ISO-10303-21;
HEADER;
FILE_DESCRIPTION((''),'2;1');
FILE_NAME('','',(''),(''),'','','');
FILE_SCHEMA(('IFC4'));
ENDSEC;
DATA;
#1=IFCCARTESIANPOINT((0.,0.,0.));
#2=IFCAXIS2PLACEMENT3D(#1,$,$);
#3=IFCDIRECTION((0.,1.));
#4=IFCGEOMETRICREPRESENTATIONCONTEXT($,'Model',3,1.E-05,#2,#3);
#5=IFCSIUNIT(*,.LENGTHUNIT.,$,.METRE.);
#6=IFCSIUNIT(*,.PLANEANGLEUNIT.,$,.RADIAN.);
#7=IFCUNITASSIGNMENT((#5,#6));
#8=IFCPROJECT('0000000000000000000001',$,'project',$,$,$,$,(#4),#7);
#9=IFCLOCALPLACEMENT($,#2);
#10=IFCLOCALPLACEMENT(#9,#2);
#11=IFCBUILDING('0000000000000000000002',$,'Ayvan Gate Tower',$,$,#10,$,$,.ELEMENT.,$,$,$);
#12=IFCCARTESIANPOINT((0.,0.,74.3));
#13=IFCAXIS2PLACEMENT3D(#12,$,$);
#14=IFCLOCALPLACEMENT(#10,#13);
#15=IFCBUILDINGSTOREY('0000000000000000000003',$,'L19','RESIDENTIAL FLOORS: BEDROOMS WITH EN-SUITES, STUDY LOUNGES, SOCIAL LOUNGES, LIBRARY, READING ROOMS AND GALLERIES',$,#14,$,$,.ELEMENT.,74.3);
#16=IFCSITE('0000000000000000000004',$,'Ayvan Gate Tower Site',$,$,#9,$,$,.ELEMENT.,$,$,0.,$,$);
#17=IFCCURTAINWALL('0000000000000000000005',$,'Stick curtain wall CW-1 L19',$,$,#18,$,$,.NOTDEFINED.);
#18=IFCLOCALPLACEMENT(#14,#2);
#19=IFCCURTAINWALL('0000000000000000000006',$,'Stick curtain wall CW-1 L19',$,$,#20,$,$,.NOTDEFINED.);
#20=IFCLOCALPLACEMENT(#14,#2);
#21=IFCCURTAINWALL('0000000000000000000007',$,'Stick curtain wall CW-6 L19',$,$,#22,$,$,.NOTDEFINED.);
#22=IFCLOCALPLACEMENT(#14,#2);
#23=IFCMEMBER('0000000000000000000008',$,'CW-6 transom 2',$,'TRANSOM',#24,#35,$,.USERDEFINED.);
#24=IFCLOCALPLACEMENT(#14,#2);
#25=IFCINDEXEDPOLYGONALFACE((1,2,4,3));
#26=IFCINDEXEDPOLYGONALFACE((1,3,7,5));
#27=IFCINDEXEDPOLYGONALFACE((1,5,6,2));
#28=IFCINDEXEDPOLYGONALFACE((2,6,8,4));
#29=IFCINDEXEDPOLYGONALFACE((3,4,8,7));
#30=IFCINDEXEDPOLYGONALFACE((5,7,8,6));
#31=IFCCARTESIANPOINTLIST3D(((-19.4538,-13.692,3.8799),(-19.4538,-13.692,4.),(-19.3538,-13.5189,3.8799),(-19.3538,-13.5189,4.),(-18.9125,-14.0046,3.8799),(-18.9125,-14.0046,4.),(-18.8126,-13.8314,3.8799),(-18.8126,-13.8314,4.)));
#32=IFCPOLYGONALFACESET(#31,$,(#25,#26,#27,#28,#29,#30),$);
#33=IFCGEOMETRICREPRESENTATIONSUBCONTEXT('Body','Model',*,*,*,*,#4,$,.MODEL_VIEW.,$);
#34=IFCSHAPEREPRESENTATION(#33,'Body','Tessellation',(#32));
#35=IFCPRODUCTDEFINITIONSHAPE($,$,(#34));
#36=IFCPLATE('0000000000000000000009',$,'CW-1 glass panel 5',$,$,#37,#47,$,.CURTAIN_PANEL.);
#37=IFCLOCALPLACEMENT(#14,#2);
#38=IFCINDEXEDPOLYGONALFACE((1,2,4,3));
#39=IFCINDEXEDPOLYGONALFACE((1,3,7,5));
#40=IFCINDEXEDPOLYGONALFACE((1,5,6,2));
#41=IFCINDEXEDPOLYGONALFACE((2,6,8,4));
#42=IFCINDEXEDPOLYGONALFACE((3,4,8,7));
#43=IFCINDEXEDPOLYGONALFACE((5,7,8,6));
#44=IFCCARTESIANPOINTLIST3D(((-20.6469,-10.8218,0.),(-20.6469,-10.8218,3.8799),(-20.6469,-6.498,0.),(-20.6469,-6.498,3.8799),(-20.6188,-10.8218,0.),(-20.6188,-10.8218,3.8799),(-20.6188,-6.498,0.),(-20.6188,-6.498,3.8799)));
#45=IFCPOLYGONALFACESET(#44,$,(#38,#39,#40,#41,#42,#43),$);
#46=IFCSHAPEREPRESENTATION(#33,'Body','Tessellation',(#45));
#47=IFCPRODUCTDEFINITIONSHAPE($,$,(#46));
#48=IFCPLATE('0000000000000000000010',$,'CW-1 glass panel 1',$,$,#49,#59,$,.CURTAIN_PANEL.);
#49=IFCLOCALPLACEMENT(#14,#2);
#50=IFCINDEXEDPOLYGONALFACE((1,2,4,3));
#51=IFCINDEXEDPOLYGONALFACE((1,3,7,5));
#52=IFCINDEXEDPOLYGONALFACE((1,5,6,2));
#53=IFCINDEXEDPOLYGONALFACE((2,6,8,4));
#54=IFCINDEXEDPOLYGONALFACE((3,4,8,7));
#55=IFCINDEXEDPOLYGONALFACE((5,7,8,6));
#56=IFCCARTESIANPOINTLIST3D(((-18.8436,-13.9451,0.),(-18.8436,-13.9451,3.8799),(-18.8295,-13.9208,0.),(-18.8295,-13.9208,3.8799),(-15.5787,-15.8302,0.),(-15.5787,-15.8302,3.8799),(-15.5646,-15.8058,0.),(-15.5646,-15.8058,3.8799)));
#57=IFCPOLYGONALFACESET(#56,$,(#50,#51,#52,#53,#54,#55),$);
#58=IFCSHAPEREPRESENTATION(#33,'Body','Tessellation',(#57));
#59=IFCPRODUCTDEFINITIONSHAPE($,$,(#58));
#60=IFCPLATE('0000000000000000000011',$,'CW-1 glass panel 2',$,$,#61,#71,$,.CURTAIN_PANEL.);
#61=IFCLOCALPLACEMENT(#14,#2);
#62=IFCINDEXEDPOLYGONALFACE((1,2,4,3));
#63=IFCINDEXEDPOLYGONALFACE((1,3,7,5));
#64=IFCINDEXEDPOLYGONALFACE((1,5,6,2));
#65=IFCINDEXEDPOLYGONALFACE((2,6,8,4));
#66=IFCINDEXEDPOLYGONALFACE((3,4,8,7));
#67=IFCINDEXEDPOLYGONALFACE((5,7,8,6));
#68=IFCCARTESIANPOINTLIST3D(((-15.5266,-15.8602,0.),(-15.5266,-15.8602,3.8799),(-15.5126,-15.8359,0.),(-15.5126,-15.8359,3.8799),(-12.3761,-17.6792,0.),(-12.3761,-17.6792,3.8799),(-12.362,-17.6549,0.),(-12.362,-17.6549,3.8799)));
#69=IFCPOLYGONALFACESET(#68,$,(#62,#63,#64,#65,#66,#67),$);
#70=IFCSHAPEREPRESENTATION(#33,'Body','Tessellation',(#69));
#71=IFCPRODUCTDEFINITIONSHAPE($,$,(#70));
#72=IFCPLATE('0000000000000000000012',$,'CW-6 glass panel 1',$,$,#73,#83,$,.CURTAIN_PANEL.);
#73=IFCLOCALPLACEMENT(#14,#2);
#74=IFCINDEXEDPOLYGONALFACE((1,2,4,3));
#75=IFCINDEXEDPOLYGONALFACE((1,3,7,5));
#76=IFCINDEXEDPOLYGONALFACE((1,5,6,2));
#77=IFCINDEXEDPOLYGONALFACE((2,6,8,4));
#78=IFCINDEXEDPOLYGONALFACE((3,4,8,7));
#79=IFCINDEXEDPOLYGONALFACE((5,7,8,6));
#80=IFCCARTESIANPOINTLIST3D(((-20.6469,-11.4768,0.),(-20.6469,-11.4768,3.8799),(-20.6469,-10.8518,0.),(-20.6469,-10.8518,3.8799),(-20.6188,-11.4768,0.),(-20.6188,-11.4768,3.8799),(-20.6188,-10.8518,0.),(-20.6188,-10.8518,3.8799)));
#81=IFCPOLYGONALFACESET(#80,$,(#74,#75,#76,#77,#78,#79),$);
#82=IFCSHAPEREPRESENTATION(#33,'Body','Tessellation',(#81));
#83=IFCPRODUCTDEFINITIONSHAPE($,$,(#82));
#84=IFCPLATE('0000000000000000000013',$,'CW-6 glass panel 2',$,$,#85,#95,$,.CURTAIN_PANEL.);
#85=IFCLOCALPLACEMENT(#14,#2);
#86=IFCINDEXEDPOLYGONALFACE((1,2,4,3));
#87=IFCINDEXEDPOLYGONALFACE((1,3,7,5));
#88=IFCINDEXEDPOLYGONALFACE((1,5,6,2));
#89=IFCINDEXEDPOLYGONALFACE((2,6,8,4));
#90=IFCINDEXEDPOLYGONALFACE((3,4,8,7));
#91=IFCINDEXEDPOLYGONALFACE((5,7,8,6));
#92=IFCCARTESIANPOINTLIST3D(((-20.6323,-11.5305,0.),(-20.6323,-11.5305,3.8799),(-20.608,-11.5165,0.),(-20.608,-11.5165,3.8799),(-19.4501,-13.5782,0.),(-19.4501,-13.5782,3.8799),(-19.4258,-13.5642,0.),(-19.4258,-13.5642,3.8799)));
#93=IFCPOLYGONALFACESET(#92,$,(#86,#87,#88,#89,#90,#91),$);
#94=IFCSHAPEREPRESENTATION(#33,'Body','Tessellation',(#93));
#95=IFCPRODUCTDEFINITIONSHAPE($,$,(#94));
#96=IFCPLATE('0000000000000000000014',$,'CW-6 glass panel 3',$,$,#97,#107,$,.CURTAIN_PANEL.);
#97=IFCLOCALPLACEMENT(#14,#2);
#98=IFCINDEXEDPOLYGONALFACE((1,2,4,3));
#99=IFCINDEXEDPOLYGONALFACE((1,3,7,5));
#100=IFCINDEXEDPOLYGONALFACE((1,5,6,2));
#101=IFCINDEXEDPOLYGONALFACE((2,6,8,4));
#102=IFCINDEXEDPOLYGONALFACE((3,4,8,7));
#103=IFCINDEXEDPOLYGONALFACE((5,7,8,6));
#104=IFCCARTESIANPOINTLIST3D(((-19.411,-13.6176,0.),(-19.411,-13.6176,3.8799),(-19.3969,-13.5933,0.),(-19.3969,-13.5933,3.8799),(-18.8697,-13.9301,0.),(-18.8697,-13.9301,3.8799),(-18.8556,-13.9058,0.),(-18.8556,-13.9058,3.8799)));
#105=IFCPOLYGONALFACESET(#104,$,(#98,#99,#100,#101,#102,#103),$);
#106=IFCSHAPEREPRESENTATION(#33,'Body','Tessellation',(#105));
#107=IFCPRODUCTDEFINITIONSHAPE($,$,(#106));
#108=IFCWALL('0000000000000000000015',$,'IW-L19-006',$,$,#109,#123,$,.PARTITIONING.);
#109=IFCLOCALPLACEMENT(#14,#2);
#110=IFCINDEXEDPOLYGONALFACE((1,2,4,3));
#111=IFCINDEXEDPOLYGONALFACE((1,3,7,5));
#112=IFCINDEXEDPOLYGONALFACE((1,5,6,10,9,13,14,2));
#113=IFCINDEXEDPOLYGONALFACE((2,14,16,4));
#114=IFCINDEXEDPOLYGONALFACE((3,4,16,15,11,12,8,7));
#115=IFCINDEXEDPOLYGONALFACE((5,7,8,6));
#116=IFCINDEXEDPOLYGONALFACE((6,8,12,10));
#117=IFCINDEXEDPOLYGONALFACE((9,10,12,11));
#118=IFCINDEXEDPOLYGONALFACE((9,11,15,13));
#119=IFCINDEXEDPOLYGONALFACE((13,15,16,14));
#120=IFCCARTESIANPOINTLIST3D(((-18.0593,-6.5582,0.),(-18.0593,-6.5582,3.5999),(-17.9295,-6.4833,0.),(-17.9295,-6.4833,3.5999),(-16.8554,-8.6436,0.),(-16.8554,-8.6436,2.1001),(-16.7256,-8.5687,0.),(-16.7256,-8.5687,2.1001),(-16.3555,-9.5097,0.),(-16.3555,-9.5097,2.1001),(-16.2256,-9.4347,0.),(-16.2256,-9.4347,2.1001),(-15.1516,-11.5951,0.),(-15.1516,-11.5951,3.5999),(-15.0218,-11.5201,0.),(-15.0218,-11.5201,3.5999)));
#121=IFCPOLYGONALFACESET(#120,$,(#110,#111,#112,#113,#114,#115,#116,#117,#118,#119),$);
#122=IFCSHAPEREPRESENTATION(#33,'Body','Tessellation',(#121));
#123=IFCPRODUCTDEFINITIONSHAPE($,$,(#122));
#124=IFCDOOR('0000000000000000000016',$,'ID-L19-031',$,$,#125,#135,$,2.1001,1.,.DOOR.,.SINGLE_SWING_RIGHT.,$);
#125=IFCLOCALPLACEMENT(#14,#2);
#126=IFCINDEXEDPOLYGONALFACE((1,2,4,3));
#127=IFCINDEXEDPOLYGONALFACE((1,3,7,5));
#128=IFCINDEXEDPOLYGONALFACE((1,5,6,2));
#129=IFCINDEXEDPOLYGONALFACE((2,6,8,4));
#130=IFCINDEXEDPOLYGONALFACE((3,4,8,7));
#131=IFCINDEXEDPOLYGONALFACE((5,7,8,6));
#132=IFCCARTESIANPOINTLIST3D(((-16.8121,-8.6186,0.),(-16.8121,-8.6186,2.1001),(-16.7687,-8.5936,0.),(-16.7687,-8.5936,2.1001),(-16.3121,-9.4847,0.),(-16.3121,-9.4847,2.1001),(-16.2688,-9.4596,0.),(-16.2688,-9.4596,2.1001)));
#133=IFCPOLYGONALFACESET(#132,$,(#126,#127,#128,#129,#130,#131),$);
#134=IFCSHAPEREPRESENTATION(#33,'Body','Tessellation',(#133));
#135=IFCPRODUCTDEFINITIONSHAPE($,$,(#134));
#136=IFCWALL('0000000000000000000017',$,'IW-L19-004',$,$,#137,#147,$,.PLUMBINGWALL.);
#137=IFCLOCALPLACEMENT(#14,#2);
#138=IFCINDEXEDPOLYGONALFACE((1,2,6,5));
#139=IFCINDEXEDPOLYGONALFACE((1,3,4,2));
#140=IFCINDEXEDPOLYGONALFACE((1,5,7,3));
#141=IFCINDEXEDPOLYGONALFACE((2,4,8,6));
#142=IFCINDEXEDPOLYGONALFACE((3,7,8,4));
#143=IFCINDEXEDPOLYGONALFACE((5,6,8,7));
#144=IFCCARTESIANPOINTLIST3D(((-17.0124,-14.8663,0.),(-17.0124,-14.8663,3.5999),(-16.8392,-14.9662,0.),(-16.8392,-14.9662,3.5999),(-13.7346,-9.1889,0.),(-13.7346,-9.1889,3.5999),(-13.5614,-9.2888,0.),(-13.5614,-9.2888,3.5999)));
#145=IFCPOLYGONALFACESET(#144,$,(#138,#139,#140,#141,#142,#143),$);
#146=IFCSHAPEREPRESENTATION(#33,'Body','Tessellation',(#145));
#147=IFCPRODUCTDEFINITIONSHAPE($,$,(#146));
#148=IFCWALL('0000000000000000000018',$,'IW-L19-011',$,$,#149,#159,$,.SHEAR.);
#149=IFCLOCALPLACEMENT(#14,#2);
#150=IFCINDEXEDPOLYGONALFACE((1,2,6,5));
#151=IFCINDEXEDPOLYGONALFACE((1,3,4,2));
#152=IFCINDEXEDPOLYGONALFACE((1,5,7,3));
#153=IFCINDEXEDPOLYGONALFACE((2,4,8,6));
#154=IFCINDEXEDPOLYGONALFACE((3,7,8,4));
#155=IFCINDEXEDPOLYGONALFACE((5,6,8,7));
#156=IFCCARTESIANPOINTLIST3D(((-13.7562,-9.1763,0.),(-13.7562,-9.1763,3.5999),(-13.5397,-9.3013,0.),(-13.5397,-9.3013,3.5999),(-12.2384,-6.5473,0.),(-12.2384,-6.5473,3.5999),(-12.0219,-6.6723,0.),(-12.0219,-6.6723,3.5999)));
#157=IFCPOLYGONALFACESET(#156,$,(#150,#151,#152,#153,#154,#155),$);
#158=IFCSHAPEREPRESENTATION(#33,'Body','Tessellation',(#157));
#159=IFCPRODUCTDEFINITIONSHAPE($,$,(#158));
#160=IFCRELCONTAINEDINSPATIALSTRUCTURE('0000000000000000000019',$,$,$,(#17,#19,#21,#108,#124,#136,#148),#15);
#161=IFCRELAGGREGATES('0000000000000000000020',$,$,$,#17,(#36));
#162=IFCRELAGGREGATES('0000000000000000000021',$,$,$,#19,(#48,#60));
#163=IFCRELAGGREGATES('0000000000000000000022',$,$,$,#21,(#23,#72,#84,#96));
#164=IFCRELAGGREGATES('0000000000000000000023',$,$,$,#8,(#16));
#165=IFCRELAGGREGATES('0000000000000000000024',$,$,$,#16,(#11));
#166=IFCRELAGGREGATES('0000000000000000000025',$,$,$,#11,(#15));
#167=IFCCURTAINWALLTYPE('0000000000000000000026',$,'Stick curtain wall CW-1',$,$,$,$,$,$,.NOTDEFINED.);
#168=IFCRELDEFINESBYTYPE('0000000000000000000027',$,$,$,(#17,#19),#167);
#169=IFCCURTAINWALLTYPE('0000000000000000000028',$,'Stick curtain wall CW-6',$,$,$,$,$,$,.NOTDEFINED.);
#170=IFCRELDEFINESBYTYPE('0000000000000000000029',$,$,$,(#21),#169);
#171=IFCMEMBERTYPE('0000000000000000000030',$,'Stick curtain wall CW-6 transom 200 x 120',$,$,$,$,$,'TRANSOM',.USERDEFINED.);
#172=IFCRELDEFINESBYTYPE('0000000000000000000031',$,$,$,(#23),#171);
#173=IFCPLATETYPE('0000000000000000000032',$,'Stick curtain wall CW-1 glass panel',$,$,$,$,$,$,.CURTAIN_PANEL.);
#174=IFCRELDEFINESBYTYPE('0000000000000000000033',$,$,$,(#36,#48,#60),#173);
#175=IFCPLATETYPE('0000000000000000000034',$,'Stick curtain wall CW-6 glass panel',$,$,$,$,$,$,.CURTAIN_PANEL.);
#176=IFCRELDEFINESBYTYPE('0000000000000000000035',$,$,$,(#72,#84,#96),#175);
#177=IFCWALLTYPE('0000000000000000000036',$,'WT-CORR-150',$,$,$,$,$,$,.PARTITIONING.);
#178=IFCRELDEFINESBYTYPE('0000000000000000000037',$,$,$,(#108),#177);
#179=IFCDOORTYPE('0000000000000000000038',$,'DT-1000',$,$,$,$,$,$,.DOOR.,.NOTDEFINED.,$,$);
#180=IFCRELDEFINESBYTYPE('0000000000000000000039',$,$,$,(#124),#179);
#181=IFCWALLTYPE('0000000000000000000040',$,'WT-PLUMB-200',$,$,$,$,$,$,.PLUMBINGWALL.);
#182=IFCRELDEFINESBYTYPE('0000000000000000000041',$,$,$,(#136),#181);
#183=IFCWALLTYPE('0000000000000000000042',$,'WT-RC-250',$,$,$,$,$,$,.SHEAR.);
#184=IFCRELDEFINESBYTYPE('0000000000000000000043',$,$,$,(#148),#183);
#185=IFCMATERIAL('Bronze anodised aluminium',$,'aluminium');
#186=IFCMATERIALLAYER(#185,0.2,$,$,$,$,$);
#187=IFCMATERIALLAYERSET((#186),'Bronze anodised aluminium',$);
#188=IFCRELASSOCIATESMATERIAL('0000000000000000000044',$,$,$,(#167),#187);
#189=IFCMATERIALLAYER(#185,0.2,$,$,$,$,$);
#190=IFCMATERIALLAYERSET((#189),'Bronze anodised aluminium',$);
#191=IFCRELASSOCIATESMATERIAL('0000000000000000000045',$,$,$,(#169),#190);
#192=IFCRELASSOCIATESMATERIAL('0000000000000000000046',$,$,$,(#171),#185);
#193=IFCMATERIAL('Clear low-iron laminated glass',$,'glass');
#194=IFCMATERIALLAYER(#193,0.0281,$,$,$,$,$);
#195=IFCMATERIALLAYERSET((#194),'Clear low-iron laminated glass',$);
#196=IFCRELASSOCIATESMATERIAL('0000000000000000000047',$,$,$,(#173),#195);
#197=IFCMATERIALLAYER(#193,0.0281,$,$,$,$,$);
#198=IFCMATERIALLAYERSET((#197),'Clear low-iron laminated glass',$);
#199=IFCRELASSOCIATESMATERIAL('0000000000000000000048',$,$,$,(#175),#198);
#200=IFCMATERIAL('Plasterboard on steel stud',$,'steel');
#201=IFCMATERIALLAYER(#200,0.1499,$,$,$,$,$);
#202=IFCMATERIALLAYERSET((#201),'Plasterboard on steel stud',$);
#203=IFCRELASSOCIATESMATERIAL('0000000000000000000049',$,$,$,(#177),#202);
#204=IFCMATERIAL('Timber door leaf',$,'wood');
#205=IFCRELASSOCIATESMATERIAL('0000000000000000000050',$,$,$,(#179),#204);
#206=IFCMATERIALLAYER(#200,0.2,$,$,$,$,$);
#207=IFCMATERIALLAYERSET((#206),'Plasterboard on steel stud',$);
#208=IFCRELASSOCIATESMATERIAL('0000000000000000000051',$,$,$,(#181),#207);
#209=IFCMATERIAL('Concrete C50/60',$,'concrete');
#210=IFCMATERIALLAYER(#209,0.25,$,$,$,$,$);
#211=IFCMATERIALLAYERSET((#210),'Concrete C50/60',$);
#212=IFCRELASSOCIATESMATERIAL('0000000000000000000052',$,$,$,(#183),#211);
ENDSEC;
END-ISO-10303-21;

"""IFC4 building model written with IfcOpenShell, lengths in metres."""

from ifc_helpers import new_model, si_unit, direction, frame, frame_2d, origin, origin_2d, place, context, subcontext, project, spatial, rectangle, extrude, material, layer, layer_set, material_profile, profile_set, type_object, element, fill, aggregate, save


model = new_model("IFC4")

# Units and contexts
model_context = context("Model", 3, precision=1e-05, world=origin(), true_north=direction((0.0, 1.0)))
body_context = subcontext(model_context, "Body", "Model", "MODEL_VIEW")
ifc_project = project(units=[si_unit("LENGTHUNIT", "METRE"), si_unit("PLANEANGLEUNIT", "RADIAN")], contexts=[model_context])

# Site, building, storey
site_placement = place(None, origin())
site = spatial("IfcSite", under=ifc_project, at=site_placement, Name="Ayvan Gate Tower Site", CompositionType="ELEMENT", RefElevation=0.0)
building_placement = place(site_placement, origin())
building = spatial("IfcBuilding", under=site, at=building_placement, Name="Ayvan Gate Tower", CompositionType="ELEMENT")
storey_placement = place(building_placement, frame((0.0, 0.0, 74.3)))
storey = spatial("IfcBuildingStorey", under=building, at=storey_placement, Name="L19", Description="RESIDENTIAL FLOORS: BEDROOMS WITH EN-SUITES, STUDY LOUNGES, SOCIAL LOUNGES, LIBRARY, READING ROOMS AND GALLERIES", CompositionType="ELEMENT", Elevation=74.3)

# Curtain wall
ifc_material_1 = material(Name="Bronze anodised aluminium", Category="aluminium")
ifc_layer_1 = layer(ifc_material_1, 0.2)
ifc_layer_set_1 = layer_set([ifc_layer_1], Name="Bronze anodised aluminium")
curtain_wall_type_1 = type_object("IfcCurtainWallType", Name="Stick curtain wall CW-1", PredefinedType="NOTDEFINED", material=ifc_layer_set_1)
curtain_wall_1_placement = place(storey_placement, origin())
curtain_wall_1 = element("IfcCurtainWall", 1, at=curtain_wall_1_placement, inside=storey, type_object=curtain_wall_type_1, Name="Stick curtain wall CW-1 L19", PredefinedType="NOTDEFINED")

# Curtain walls, member
curtain_wall_2_placement = place(storey_placement, origin())
curtain_wall_2 = element("IfcCurtainWall", 2, at=curtain_wall_2_placement, inside=storey, type_object=curtain_wall_type_1, Name="Stick curtain wall CW-1 L19", PredefinedType="NOTDEFINED")
ifc_layer_2 = layer(ifc_material_1, 0.2)
ifc_layer_set_2 = layer_set([ifc_layer_2], Name="Bronze anodised aluminium")
curtain_wall_type_2 = type_object("IfcCurtainWallType", Name="Stick curtain wall CW-6", PredefinedType="NOTDEFINED", material=ifc_layer_set_2)
curtain_wall_3_placement = place(storey_placement, origin())
curtain_wall_3 = element("IfcCurtainWall", 3, at=curtain_wall_3_placement, inside=storey, type_object=curtain_wall_type_2, Name="Stick curtain wall CW-6 L19", PredefinedType="NOTDEFINED")
ifc_material_profile_1 = material_profile(ifc_material_1, rectangle(XDim=0.2, YDim=0.1201, at=origin_2d()), Name="Stick curtain wall CW-6 transom 200 x 120")
ifc_profile_set_1 = profile_set([ifc_material_profile_1], Name="Bronze anodised aluminium")
member_type_1 = type_object("IfcMemberType", Name="Stick curtain wall CW-6 transom 200 x 120", ElementType="TRANSOM", PredefinedType="USERDEFINED", material=ifc_profile_set_1)
member_1_placement = place(storey_placement, frame((-19.4038, -13.6055, 3.9399), z_axis=(0.866023, -0.500004, 0.0), x_axis=(0.500004, 0.866023, 0.0)))
member_1 = element("IfcMember", 4, at=member_1_placement, type_object=member_type_1, Name="CW-6 transom 2", ObjectType="TRANSOM", PredefinedType="USERDEFINED", context=body_context, shape_type="SweptSolid", body=[
    extrude(rectangle(XDim=0.2, YDim=0.1201, at=origin_2d()), origin(), (0.0, 0.0, 1.0), 0.625),
])

# Plates
ifc_material_2 = material(Name="Clear low-iron laminated glass", Category="glass")
ifc_layer_3 = layer(ifc_material_2, 0.0281)
ifc_layer_set_3 = layer_set([ifc_layer_3], Name="Clear low-iron laminated glass")
plate_type_1 = type_object("IfcPlateType", Name="Stick curtain wall CW-1 glass panel", PredefinedType="CURTAIN_PANEL", material=ifc_layer_set_3)
plate_1_placement = place(storey_placement, frame((-20.6328, -8.6599, 0.0), z_axis=(0.0, 0.0, 1.0), x_axis=(0.0, -1.0, 0.0)))
plate_1 = element("IfcPlate", 5, at=plate_1_placement, type_object=plate_type_1, Name="CW-1 glass panel 5", PredefinedType="CURTAIN_PANEL", context=body_context, shape_type="SweptSolid", body=[
    extrude(rectangle(XDim=4.3237, YDim=0.0281, at=origin_2d()), origin(), (0.0, 0.0, 1.0), 3.8799),
])
aggregate(curtain_wall_1, [plate_1])
plate_2_placement = place(storey_placement, frame((-17.2041, -14.8755, 0.0), z_axis=(0.0, 0.0, 1.0), x_axis=(0.866025, -0.5, 0.0)))
plate_2 = element("IfcPlate", 6, at=plate_2_placement, type_object=plate_type_1, Name="CW-1 glass panel 1", PredefinedType="CURTAIN_PANEL", context=body_context, shape_type="SweptSolid", body=[
    extrude(rectangle(XDim=3.77, YDim=0.0281, at=origin_2d()), origin(), (0.0, 0.0, 1.0), 3.8799),
])
plate_3_placement = place(storey_placement, frame((-13.9443, -16.7576, 0.0), z_axis=(0.0, 0.0, 1.0), x_axis=(0.866025, -0.5, 0.0)))
plate_3 = element("IfcPlate", 7, at=plate_3_placement, type_object=plate_type_1, Name="CW-1 glass panel 2", PredefinedType="CURTAIN_PANEL", context=body_context, shape_type="SweptSolid", body=[
    extrude(rectangle(XDim=3.6379, YDim=0.0281, at=origin_2d()), origin(), (0.0, 0.0, 1.0), 3.8799),
])
aggregate(curtain_wall_2, [plate_2, plate_3])
ifc_layer_4 = layer(ifc_material_2, 0.0281)
ifc_layer_set_4 = layer_set([ifc_layer_4], Name="Clear low-iron laminated glass")
plate_type_2 = type_object("IfcPlateType", Name="Stick curtain wall CW-6 glass panel", PredefinedType="CURTAIN_PANEL", material=ifc_layer_set_4)
plate_4_placement = place(storey_placement, frame((-20.6328, -11.1643, 0.0), z_axis=(0.0, 0.0, 1.0), x_axis=(0.0, -1.0, 0.0)))
plate_4 = element("IfcPlate", 8, at=plate_4_placement, type_object=plate_type_2, Name="CW-6 glass panel 1", PredefinedType="CURTAIN_PANEL", context=body_context, shape_type="SweptSolid", body=[
    extrude(rectangle(XDim=0.625, YDim=0.0281, at=origin_2d()), origin(), (0.0, 0.0, 1.0), 3.8799),
])
plate_5_placement = place(storey_placement, frame((-20.0291, -12.5474, 0.0), z_axis=(0.0, 0.0, 1.0), x_axis=(0.5, -0.866025, 0.0)))
plate_5 = element("IfcPlate", 9, at=plate_5_placement, type_object=plate_type_2, Name="CW-6 glass panel 2", PredefinedType="CURTAIN_PANEL", context=body_context, shape_type="SweptSolid", body=[
    extrude(rectangle(XDim=2.3645, YDim=0.0281, at=origin_2d()), origin(), (0.0, 0.0, 1.0), 3.8799),
])
plate_6_placement = place(storey_placement, frame((-19.1333, -13.7617, 0.0), z_axis=(0.0, 0.0, 1.0), x_axis=(0.866025, -0.5, 0.0)))
plate_6 = element("IfcPlate", 10, at=plate_6_placement, type_object=plate_type_2, Name="CW-6 glass panel 3", PredefinedType="CURTAIN_PANEL", context=body_context, shape_type="SweptSolid", body=[
    extrude(rectangle(XDim=0.625, YDim=0.0281, at=origin_2d()), origin(), (0.0, 0.0, 1.0), 3.8799),
])
aggregate(curtain_wall_3, [member_1, plate_4, plate_5, plate_6])

# Wall, opening, door
ifc_material_3 = material(Name="Plasterboard on steel stud", Category="steel")
ifc_layer_5 = layer(ifc_material_3, 0.1499)
ifc_layer_set_5 = layer_set([ifc_layer_5], Name="Plasterboard on steel stud")
wall_type_1 = type_object("IfcWallType", Name="WT-CORR-150", PredefinedType="PARTITIONING", material=ifc_layer_set_5)
wall_1_placement = place(storey_placement, frame((-15.0867, -11.5576, 0.0), z_axis=(0.0, 0.0, 1.0), x_axis=(-0.499959, 0.866049, 0.0)))
wall_1 = element("IfcWall", 11, at=wall_1_placement, inside=storey, type_object=wall_type_1, Name="IW-L19-006", PredefinedType="PARTITIONING", context=body_context, shape_type="SweptSolid", body=[
    extrude(rectangle(XDim=5.8159, YDim=0.1499, at=frame_2d((2.908, 0.0))), origin(), (0.0, 0.0, 1.0), 3.5999),
])
opening_placement = place(wall_1_placement, frame((2.408, 0.0, 0.0)))
opening = element("IfcOpeningElement", 12, at=opening_placement, cuts=wall_1, PredefinedType="OPENING", context=body_context, shape_type="SweptSolid", body=[
    extrude(rectangle(XDim=1.0, YDim=2.1001, at=frame_2d((0.5, 1.05))), frame((0.0, 0.085, 0.0), z_axis=(0.0, -1.0, 0.0), x_axis=(1.0, 0.0, 0.0)), (0.0, 0.0, 1.0), 0.1699),
])
ifc_material_4 = material(Name="Timber door leaf", Category="wood")
door_type = type_object("IfcDoorType", Name="DT-1000", OperationType="NOTDEFINED", PredefinedType="DOOR", material=ifc_material_4)
door_placement = place(opening_placement, origin())
door = element("IfcDoor", 13, at=door_placement, inside=storey, type_object=door_type, Name="ID-L19-031", OperationType="SINGLE_SWING_RIGHT", OverallHeight=2.1001, OverallWidth=1.0, PredefinedType="DOOR", context=body_context, shape_type="SweptSolid", body=[
    extrude(rectangle(XDim=1.0, YDim=2.1001, at=frame_2d((0.5, 1.05))), frame((0.0, 0.0249, 0.0), z_axis=(0.0, -1.0, 0.0), x_axis=(1.0, 0.0, 0.0)), (0.0, 0.0, 1.0), 0.05),
])
fill(opening, door)

# Walls
ifc_layer_6 = layer(ifc_material_3, 0.2)
ifc_layer_set_6 = layer_set([ifc_layer_6], Name="Plasterboard on steel stud")
wall_type_2 = type_object("IfcWallType", Name="WT-PLUMB-200", PredefinedType="PLUMBINGWALL", material=ifc_layer_set_6)
wall_2_placement = place(storey_placement, frame((-16.9258, -14.9163, 0.0), z_axis=(0.0, 0.0, 1.0), x_axis=(0.499992, 0.86603, 0.0)))
element("IfcWall", 14, at=wall_2_placement, inside=storey, type_object=wall_type_2, Name="IW-L19-004", PredefinedType="PLUMBINGWALL", context=body_context, shape_type="SweptSolid", body=[
    extrude(rectangle(XDim=6.5557, YDim=0.2, at=frame_2d((3.2778, 0.0))), origin(), (0.0, 0.0, 1.0), 3.5999),
])
ifc_material_5 = material(Name="Concrete C50/60", Category="concrete")
ifc_layer_7 = layer(ifc_material_5, 0.25)
ifc_layer_set_7 = layer_set([ifc_layer_7], Name="Concrete C50/60")
wall_type_3 = type_object("IfcWallType", Name="WT-RC-250", PredefinedType="SHEAR", material=ifc_layer_set_7)
wall_3_placement = place(storey_placement, frame((-13.6479, -9.2388, 0.0), z_axis=(0.0, 0.0, 1.0), x_axis=(0.500006, 0.866022, 0.0)))
element("IfcWall", 15, at=wall_3_placement, inside=storey, type_object=wall_type_3, Name="IW-L19-011", PredefinedType="SHEAR", context=body_context, shape_type="SweptSolid", body=[
    extrude(rectangle(XDim=3.0356, YDim=0.25, at=frame_2d((1.5178, 0.0))), origin(), (0.0, 0.0, 1.0), 3.5999),
])

save(model, "model.ifc")
